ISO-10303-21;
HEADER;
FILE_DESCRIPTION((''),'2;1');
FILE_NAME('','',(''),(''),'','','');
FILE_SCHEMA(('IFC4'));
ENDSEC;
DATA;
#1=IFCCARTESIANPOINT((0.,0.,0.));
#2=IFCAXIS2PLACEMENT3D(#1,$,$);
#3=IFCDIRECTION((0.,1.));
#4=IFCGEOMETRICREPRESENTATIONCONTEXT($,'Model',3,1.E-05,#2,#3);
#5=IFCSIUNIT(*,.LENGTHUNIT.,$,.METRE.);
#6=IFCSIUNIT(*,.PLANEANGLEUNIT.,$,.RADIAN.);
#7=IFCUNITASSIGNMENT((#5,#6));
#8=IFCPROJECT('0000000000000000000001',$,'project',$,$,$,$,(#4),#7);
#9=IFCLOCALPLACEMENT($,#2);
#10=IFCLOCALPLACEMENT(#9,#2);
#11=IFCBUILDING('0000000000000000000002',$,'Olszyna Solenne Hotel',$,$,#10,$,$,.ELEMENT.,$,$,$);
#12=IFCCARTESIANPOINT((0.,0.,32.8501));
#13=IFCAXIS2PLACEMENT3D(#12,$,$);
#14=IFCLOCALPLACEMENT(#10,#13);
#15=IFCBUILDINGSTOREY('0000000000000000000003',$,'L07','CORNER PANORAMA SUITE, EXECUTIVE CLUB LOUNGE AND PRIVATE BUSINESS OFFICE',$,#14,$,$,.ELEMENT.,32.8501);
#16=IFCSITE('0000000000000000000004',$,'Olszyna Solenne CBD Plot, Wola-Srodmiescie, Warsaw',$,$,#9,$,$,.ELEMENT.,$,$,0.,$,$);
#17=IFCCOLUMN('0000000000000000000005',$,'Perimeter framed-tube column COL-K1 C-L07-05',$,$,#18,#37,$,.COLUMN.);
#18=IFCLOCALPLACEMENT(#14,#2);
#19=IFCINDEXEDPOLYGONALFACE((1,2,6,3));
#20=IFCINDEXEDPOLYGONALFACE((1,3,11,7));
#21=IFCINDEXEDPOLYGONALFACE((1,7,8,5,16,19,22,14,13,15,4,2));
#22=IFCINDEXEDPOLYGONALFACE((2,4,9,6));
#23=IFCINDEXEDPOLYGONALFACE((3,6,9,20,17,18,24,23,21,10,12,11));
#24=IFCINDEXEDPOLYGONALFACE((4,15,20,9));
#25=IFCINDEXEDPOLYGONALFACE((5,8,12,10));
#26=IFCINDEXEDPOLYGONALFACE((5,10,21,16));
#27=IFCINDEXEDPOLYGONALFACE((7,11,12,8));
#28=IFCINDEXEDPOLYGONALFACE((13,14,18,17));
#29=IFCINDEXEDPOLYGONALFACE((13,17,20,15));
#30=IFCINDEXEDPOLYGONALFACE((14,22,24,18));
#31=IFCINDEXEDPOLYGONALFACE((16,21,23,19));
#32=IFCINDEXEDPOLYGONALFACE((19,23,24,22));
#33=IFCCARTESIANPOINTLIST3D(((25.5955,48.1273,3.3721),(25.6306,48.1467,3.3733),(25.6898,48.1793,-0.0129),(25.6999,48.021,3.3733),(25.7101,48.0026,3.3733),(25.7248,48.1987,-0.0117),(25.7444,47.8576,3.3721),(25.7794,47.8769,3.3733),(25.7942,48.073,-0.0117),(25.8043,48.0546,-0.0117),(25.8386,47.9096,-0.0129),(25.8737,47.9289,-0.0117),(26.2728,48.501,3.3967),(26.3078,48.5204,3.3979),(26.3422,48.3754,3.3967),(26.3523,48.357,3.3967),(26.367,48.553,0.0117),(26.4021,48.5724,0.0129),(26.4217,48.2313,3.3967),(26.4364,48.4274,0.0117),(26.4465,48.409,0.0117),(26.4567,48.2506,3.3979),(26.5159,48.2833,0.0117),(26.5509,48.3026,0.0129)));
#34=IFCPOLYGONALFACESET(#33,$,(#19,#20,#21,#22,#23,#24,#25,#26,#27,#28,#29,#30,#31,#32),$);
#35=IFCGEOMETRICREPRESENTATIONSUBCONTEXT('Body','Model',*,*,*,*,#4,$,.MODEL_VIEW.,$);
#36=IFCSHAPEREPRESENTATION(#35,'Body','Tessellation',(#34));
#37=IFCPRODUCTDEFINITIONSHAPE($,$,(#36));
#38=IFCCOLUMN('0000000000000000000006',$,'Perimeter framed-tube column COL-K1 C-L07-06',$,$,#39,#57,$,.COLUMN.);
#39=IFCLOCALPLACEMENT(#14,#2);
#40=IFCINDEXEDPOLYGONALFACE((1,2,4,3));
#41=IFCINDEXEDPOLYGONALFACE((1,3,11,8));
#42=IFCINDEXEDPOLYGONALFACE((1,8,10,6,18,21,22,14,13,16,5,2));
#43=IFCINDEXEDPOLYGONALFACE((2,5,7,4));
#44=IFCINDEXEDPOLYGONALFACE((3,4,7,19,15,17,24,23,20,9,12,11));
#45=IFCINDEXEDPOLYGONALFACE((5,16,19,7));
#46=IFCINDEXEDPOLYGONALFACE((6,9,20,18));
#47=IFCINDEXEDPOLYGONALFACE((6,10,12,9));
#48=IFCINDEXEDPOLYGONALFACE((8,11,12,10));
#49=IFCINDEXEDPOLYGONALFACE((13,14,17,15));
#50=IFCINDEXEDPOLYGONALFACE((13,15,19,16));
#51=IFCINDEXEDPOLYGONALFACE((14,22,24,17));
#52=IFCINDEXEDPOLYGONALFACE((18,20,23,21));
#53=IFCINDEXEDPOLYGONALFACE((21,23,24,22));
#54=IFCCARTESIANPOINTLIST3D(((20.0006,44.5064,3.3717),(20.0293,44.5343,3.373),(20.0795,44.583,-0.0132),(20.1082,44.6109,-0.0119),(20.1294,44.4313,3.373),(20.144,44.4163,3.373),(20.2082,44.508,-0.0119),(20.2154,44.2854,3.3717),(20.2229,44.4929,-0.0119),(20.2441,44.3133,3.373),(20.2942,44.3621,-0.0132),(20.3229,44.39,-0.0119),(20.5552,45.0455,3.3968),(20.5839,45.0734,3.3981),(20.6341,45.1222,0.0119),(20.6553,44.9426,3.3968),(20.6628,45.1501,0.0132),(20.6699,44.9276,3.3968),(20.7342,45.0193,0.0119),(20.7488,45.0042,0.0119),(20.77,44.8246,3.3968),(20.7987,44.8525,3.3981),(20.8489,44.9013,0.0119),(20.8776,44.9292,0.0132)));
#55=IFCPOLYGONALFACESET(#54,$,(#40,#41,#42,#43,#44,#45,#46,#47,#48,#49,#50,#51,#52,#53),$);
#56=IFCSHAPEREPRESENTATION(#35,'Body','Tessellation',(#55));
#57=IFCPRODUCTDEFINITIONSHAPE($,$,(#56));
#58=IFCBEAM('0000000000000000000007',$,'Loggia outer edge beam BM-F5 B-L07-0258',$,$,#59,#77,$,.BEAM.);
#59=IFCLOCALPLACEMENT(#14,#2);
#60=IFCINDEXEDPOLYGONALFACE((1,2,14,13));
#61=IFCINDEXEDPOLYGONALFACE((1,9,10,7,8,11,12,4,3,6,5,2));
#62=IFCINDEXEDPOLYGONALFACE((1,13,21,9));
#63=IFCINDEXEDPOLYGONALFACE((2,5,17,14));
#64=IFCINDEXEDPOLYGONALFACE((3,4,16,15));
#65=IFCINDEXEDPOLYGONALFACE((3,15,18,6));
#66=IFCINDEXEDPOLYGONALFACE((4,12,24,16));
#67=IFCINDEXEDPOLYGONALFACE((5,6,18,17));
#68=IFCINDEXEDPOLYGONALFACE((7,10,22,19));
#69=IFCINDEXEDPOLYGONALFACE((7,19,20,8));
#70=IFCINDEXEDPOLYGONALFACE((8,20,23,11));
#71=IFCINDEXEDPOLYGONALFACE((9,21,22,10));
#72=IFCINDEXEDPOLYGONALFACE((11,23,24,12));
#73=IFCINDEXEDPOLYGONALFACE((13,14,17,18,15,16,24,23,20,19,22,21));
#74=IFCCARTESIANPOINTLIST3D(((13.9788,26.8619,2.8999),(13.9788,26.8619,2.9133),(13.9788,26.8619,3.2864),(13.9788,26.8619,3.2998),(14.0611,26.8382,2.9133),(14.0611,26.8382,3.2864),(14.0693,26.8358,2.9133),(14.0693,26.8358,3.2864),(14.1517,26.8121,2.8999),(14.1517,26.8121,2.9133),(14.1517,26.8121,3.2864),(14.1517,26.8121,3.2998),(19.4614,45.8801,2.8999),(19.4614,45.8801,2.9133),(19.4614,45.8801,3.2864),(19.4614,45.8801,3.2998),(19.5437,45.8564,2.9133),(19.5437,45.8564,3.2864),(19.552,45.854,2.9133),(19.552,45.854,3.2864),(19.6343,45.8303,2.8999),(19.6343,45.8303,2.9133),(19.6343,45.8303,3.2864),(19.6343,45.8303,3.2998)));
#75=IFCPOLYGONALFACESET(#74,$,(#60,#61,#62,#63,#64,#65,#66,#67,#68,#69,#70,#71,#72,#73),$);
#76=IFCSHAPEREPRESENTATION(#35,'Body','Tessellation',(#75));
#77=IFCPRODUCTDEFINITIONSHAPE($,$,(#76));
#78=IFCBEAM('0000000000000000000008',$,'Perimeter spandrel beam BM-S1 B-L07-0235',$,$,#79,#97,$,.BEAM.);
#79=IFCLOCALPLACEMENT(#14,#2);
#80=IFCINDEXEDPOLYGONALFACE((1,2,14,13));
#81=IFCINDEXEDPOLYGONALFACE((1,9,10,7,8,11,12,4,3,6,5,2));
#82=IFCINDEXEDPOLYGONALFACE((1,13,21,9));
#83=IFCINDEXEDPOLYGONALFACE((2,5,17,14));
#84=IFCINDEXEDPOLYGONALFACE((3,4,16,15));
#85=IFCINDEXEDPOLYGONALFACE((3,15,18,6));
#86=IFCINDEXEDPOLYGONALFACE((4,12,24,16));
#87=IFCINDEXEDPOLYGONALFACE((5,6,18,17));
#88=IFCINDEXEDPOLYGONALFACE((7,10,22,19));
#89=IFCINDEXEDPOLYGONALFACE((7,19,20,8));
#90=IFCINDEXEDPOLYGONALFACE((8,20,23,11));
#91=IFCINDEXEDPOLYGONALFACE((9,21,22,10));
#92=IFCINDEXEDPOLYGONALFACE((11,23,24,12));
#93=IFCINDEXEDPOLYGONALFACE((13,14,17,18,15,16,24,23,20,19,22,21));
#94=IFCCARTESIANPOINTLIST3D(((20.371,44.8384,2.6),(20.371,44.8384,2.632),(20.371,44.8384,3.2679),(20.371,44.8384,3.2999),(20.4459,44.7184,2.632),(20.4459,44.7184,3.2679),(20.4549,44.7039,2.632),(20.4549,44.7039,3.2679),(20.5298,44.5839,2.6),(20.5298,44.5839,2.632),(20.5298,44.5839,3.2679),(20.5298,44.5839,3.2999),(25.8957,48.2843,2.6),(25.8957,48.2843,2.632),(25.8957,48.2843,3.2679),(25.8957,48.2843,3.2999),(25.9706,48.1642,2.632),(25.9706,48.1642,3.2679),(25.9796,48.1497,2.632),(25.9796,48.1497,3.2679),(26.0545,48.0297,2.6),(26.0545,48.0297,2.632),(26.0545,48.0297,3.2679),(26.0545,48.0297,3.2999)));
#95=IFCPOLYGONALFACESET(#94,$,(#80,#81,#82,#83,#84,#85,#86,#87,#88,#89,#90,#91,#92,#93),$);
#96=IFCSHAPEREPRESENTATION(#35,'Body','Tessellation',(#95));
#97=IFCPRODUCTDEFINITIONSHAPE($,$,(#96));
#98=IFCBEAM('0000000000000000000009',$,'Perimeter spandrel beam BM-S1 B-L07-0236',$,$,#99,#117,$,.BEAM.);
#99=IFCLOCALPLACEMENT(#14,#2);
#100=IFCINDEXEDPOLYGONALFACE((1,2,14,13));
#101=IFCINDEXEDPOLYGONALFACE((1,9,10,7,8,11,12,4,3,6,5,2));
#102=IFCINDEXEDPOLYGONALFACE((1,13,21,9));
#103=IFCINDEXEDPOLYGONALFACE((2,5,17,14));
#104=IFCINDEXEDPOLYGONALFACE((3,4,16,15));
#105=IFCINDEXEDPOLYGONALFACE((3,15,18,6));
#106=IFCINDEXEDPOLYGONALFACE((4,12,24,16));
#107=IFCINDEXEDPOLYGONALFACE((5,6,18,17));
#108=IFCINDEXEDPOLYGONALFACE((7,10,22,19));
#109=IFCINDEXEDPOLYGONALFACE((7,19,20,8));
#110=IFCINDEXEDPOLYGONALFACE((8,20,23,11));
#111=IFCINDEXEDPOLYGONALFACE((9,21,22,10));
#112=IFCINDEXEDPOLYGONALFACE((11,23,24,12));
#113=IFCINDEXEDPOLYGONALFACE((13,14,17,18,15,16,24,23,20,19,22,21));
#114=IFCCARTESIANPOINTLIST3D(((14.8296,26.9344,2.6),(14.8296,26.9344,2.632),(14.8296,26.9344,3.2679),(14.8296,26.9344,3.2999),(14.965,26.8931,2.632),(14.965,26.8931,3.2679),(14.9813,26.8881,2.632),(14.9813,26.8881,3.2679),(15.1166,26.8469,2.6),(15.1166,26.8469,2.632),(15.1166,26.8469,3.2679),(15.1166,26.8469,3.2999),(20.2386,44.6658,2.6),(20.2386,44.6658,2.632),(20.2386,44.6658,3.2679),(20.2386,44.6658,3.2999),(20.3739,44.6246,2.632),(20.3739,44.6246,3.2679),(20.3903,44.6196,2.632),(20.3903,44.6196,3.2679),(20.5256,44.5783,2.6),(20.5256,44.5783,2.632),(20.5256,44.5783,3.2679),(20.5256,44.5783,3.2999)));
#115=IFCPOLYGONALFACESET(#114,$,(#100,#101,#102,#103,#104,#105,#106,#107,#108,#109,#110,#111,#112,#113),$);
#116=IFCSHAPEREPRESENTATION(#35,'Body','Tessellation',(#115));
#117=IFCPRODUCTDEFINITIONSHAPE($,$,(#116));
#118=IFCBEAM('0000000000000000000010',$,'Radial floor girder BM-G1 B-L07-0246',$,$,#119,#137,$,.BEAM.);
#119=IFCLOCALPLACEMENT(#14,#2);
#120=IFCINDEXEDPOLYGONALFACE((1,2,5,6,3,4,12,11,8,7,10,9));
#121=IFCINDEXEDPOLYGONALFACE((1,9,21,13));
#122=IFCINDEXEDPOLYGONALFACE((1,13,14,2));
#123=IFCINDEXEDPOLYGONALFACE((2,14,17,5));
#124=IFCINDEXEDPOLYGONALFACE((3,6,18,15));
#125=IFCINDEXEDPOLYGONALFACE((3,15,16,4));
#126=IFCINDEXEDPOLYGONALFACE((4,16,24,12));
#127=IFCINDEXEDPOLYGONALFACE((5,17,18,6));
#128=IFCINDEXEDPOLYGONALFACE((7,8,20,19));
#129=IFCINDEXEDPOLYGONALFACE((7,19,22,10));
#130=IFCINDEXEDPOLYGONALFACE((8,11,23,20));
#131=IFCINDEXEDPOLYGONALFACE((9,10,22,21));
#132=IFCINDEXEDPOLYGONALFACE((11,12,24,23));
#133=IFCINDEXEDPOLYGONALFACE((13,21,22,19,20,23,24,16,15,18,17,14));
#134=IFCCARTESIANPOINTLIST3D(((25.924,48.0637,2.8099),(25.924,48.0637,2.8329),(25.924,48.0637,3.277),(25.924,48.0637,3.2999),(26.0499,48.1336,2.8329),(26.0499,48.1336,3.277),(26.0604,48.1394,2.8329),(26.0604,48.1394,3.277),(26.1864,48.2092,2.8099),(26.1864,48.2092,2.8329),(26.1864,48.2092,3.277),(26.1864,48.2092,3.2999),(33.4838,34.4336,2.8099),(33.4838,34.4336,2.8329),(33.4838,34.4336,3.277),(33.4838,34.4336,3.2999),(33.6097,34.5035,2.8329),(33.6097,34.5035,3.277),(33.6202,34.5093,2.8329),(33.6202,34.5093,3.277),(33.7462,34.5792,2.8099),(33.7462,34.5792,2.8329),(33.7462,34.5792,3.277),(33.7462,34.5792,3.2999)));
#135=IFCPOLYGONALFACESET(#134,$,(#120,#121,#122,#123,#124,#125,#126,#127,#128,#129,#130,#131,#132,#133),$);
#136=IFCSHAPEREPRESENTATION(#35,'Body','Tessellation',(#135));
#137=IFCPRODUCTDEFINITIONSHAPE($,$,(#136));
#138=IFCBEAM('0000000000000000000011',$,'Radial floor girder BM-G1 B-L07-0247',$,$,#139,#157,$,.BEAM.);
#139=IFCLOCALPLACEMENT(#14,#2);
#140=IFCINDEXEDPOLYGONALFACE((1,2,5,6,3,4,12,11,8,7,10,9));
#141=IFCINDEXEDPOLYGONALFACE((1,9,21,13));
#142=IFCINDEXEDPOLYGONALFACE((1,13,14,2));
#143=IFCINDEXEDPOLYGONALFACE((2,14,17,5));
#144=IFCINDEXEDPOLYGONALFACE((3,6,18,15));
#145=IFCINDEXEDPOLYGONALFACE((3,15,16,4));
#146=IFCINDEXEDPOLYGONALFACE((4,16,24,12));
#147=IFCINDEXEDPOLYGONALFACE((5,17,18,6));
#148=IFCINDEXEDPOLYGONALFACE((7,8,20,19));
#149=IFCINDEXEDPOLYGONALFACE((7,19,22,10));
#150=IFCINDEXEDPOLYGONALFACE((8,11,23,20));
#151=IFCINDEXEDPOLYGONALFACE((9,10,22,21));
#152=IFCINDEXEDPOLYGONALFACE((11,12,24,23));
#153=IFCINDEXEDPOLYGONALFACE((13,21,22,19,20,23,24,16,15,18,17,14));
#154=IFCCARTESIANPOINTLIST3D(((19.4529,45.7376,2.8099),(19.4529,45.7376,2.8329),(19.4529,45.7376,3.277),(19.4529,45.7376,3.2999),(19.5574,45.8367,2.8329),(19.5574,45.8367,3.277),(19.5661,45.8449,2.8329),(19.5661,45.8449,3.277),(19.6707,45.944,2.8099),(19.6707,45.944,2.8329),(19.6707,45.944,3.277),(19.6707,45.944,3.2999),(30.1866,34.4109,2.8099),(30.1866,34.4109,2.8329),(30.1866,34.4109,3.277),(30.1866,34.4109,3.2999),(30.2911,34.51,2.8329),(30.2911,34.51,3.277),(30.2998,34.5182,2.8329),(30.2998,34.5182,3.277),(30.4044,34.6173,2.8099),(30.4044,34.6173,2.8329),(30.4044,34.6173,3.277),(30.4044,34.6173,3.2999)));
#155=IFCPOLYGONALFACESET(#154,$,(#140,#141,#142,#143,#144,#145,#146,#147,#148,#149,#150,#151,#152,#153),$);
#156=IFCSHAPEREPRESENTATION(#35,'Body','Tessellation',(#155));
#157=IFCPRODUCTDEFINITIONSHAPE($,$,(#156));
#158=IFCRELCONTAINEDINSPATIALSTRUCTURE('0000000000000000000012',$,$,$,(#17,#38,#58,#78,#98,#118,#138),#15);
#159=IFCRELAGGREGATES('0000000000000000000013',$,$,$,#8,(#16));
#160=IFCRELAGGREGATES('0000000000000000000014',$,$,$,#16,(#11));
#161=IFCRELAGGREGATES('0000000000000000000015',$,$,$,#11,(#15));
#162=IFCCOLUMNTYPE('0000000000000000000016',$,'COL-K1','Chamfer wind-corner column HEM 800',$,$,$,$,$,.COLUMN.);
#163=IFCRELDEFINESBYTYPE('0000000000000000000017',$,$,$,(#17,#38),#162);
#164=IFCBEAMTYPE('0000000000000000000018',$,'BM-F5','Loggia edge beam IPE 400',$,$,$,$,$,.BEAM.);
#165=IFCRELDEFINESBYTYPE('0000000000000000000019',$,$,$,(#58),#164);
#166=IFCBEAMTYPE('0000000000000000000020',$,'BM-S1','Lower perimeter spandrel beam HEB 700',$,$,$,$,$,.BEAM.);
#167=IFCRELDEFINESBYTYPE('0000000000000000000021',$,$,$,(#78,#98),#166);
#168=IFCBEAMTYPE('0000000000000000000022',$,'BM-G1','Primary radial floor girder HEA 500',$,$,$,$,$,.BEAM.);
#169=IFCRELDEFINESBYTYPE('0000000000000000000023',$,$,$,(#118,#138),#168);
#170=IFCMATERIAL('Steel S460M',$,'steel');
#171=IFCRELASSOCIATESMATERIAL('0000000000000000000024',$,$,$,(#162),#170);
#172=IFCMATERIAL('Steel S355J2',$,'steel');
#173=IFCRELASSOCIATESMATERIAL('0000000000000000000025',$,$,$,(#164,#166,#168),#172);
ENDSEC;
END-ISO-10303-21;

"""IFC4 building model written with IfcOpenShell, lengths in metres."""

from ifc_helpers import new_model, si_unit, direction, frame, origin, origin_2d, place, context, subcontext, project, spatial, i_section, extrude, source, transform, mapped, material, material_profile, profile_set, type_object, element, save


model = new_model("IFC4")

# Units and contexts
model_context = context("Model", 3, precision=1e-05, world=origin(), true_north=direction((0.0, 1.0)))
body_context = subcontext(model_context, "Body", "Model", "MODEL_VIEW")
ifc_project = project(units=[si_unit("LENGTHUNIT", "METRE"), si_unit("PLANEANGLEUNIT", "RADIAN")], contexts=[model_context])

# Site, building, storey
site_placement = place(None, origin())
site = spatial("IfcSite", under=ifc_project, at=site_placement, Name="Olszyna Solenne CBD Plot, Wola-Srodmiescie, Warsaw", CompositionType="ELEMENT", RefElevation=0.0)
building_placement = place(site_placement, origin())
building = spatial("IfcBuilding", under=site, at=building_placement, Name="Olszyna Solenne Hotel", CompositionType="ELEMENT")
storey_placement = place(building_placement, frame((0.0, 0.0, 32.8501)))
storey = spatial("IfcBuildingStorey", under=building, at=storey_placement, Name="L07", Description="CORNER PANORAMA SUITE, EXECUTIVE CLUB LOUNGE AND PRIVATE BUSINESS OFFICE", CompositionType="ELEMENT", Elevation=32.8501)

# Columns
ifc_material_1 = material(Name="Steel S460M", Category="steel")
ifc_material_profile_1 = material_profile(ifc_material_1, i_section(OverallWidth=0.3081, OverallDepth=0.814, WebThickness=0.021, FlangeThickness=0.04, at=origin_2d()), Name="HEM 800", Category="load-bearing")
ifc_profile_set_1 = profile_set([ifc_material_profile_1], Name="Steel S460M")
column_type = type_object("IfcColumnType", Name="COL-K1", Description="Chamfer wind-corner column HEM 800", PredefinedType="COLUMN", material=ifc_profile_set_1)
shared_shape_1 = source(origin(), body_context, "Body", "SweptSolid", [
    extrude(i_section(OverallWidth=0.3081, OverallDepth=0.814, WebThickness=0.021, FlangeThickness=0.04, at=origin_2d()), origin(), (0.0, 0.0, 1.0), 3.3867),
])
for number, where, z_axis, x_axis, name in (
    (1, (26.1204, 48.241, 0.0), (-0.027826, -0.015355, 0.999495), (0.483137, -0.875545, 0.0), "Perimeter framed-tube column COL-K1 C-L07-05"),
    (2, (20.4785, 44.7561, 0.0), (-0.023284, -0.022635, 0.999473), (0.697047, -0.717026, 0.0), "Perimeter framed-tube column COL-K1 C-L07-06"),
):
    element("IfcColumn", number, at=place(storey_placement, frame(where, z_axis=z_axis, x_axis=x_axis)), inside=storey, type_object=column_type, Name=name, PredefinedType="COLUMN", context=body_context, shape_type="MappedRepresentation", body=[
        mapped(shared_shape_1, transform((0.0, 0.0, 0.0), x_axis=(1.0, 0.0, 0.0), y_axis=(0.0, 1.0, 0.0), z_axis=(0.0, 0.0, 1.0), scale=1.0)),
    ])

# Beams
ifc_material_2 = material(Name="Steel S355J2", Category="steel")
ifc_material_profile_2 = material_profile(ifc_material_2, i_section(OverallWidth=0.1799, OverallDepth=0.3999, WebThickness=0.0085, FlangeThickness=0.0134, at=origin_2d()), Name="IPE 400", Category="load-bearing")
ifc_profile_set_2 = profile_set([ifc_material_profile_2], Name="Steel S355J2")
beam_type_1 = type_object("IfcBeamType", Name="BM-F5", Description="Loggia edge beam IPE 400", PredefinedType="BEAM", material=ifc_profile_set_2)
shared_shape_2 = source(origin(), body_context, "Body", "SweptSolid", [
    extrude(i_section(OverallWidth=0.1799, OverallDepth=0.3999, WebThickness=0.0085, FlangeThickness=0.0134, at=origin_2d()), origin(), (0.0, 0.0, 1.0), 19.7927),
])
beam_1_placement = place(storey_placement, frame((19.5479, 45.8552, 3.0999), z_axis=(-0.277003, -0.960869, 0.0), x_axis=(0.960869, -0.277003, 0.0)))
element("IfcBeam", 3, at=beam_1_placement, inside=storey, type_object=beam_type_1, Name="Loggia outer edge beam BM-F5 B-L07-0258", PredefinedType="BEAM", context=body_context, shape_type="MappedRepresentation", body=[
    mapped(shared_shape_2, transform((0.0, 0.0, 0.0), x_axis=(1.0, 0.0, 0.0), y_axis=(0.0, 1.0, 0.0), z_axis=(0.0, 0.0, 1.0), scale=1.0)),
])
ifc_material_profile_3 = material_profile(ifc_material_2, i_section(OverallWidth=0.3, OverallDepth=0.7, WebThickness=0.0171, FlangeThickness=0.032, at=origin_2d()), Name="HEB 700", Category="load-bearing")
ifc_profile_set_3 = profile_set([ifc_material_profile_3], Name="Steel S355J2")
beam_type_2 = type_object("IfcBeamType", Name="BM-S1", Description="Lower perimeter spandrel beam HEB 700", PredefinedType="BEAM", material=ifc_profile_set_3)
shared_shape_3 = source(origin(), body_context, "Body", "SweptSolid", [
    extrude(i_section(OverallWidth=0.3, OverallDepth=0.7, WebThickness=0.0171, FlangeThickness=0.032, at=origin_2d()), origin(), (0.0, 0.0, 1.0), 6.5112),
])
beam_2_placement = place(storey_placement, frame((25.9751, 48.157, 2.95), z_axis=(-0.848489, -0.529213, 0.0), x_axis=(0.529213, -0.848489, 0.0)))
element("IfcBeam", 4, at=beam_2_placement, inside=storey, type_object=beam_type_2, Name="Perimeter spandrel beam BM-S1 B-L07-0235", PredefinedType="BEAM", context=body_context, shape_type="MappedRepresentation", body=[
    mapped(shared_shape_3, transform((0.0, 0.0, 0.0), x_axis=(1.0, 0.0, 0.0), y_axis=(0.0, 1.0, 0.0), z_axis=(0.0, 0.0, 1.0), scale=1.0)),
])
shared_shape_4 = source(origin(), body_context, "Body", "SweptSolid", [
    extrude(i_section(OverallWidth=0.3, OverallDepth=0.7, WebThickness=0.0171, FlangeThickness=0.032, at=origin_2d()), origin(), (0.0, 0.0, 1.0), 18.5381),
])
beam_3_placement = place(storey_placement, frame((20.3821, 44.6221, 2.95), z_axis=(-0.291774, -0.956487, 0.0), x_axis=(0.956487, -0.291774, 0.0)))
element("IfcBeam", 5, at=beam_3_placement, inside=storey, type_object=beam_type_2, Name="Perimeter spandrel beam BM-S1 B-L07-0236", PredefinedType="BEAM", context=body_context, shape_type="MappedRepresentation", body=[
    mapped(shared_shape_4, transform((0.0, 0.0, 0.0), x_axis=(1.0, 0.0, 0.0), y_axis=(0.0, 1.0, 0.0), z_axis=(0.0, 0.0, 1.0), scale=1.0)),
])
ifc_material_profile_4 = material_profile(ifc_material_2, i_section(OverallWidth=0.3, OverallDepth=0.49, WebThickness=0.012, FlangeThickness=0.0229, at=origin_2d()), Name="HEA 500", Category="load-bearing")
ifc_profile_set_4 = profile_set([ifc_material_profile_4], Name="Steel S355J2")
beam_type_3 = type_object("IfcBeamType", Name="BM-G1", Description="Primary radial floor girder HEA 500", PredefinedType="BEAM", material=ifc_profile_set_4)
shared_shape_5 = source(origin(), body_context, "Body", "SweptSolid", [
    extrude(i_section(OverallWidth=0.3, OverallDepth=0.49, WebThickness=0.012, FlangeThickness=0.0229, at=origin_2d()), origin(), (0.0, 0.0, 1.0), 15.5862),
])
beam_4_placement = place(storey_placement, frame((26.0552, 48.1365, 3.0549), z_axis=(0.485031, -0.874497, 0.0), x_axis=(0.874497, 0.485031, 0.0)))
element("IfcBeam", 6, at=beam_4_placement, inside=storey, type_object=beam_type_3, Name="Radial floor girder BM-G1 B-L07-0246", PredefinedType="BEAM", context=body_context, shape_type="MappedRepresentation", body=[
    mapped(shared_shape_5, transform((0.0, 0.0, 0.0), x_axis=(1.0, 0.0, 0.0), y_axis=(0.0, 1.0, 0.0), z_axis=(0.0, 0.0, 1.0), scale=1.0)),
])
shared_shape_6 = source(origin(), body_context, "Body", "SweptSolid", [
    extrude(i_section(OverallWidth=0.3, OverallDepth=0.49, WebThickness=0.012, FlangeThickness=0.0229, at=origin_2d()), origin(), (0.0, 0.0, 1.0), 15.6047),
])
beam_5_placement = place(storey_placement, frame((19.5618, 45.8408, 3.0549), z_axis=(0.68785, -0.725853, 0.0), x_axis=(0.725853, 0.68785, 0.0)))
element("IfcBeam", 7, at=beam_5_placement, inside=storey, type_object=beam_type_3, Name="Radial floor girder BM-G1 B-L07-0247", PredefinedType="BEAM", context=body_context, shape_type="MappedRepresentation", body=[
    mapped(shared_shape_6, transform((0.0, 0.0, 0.0), x_axis=(1.0, 0.0, 0.0), y_axis=(0.0, 1.0, 0.0), z_axis=(0.0, 0.0, 1.0), scale=1.0)),
])

save(model, "model.ifc")
